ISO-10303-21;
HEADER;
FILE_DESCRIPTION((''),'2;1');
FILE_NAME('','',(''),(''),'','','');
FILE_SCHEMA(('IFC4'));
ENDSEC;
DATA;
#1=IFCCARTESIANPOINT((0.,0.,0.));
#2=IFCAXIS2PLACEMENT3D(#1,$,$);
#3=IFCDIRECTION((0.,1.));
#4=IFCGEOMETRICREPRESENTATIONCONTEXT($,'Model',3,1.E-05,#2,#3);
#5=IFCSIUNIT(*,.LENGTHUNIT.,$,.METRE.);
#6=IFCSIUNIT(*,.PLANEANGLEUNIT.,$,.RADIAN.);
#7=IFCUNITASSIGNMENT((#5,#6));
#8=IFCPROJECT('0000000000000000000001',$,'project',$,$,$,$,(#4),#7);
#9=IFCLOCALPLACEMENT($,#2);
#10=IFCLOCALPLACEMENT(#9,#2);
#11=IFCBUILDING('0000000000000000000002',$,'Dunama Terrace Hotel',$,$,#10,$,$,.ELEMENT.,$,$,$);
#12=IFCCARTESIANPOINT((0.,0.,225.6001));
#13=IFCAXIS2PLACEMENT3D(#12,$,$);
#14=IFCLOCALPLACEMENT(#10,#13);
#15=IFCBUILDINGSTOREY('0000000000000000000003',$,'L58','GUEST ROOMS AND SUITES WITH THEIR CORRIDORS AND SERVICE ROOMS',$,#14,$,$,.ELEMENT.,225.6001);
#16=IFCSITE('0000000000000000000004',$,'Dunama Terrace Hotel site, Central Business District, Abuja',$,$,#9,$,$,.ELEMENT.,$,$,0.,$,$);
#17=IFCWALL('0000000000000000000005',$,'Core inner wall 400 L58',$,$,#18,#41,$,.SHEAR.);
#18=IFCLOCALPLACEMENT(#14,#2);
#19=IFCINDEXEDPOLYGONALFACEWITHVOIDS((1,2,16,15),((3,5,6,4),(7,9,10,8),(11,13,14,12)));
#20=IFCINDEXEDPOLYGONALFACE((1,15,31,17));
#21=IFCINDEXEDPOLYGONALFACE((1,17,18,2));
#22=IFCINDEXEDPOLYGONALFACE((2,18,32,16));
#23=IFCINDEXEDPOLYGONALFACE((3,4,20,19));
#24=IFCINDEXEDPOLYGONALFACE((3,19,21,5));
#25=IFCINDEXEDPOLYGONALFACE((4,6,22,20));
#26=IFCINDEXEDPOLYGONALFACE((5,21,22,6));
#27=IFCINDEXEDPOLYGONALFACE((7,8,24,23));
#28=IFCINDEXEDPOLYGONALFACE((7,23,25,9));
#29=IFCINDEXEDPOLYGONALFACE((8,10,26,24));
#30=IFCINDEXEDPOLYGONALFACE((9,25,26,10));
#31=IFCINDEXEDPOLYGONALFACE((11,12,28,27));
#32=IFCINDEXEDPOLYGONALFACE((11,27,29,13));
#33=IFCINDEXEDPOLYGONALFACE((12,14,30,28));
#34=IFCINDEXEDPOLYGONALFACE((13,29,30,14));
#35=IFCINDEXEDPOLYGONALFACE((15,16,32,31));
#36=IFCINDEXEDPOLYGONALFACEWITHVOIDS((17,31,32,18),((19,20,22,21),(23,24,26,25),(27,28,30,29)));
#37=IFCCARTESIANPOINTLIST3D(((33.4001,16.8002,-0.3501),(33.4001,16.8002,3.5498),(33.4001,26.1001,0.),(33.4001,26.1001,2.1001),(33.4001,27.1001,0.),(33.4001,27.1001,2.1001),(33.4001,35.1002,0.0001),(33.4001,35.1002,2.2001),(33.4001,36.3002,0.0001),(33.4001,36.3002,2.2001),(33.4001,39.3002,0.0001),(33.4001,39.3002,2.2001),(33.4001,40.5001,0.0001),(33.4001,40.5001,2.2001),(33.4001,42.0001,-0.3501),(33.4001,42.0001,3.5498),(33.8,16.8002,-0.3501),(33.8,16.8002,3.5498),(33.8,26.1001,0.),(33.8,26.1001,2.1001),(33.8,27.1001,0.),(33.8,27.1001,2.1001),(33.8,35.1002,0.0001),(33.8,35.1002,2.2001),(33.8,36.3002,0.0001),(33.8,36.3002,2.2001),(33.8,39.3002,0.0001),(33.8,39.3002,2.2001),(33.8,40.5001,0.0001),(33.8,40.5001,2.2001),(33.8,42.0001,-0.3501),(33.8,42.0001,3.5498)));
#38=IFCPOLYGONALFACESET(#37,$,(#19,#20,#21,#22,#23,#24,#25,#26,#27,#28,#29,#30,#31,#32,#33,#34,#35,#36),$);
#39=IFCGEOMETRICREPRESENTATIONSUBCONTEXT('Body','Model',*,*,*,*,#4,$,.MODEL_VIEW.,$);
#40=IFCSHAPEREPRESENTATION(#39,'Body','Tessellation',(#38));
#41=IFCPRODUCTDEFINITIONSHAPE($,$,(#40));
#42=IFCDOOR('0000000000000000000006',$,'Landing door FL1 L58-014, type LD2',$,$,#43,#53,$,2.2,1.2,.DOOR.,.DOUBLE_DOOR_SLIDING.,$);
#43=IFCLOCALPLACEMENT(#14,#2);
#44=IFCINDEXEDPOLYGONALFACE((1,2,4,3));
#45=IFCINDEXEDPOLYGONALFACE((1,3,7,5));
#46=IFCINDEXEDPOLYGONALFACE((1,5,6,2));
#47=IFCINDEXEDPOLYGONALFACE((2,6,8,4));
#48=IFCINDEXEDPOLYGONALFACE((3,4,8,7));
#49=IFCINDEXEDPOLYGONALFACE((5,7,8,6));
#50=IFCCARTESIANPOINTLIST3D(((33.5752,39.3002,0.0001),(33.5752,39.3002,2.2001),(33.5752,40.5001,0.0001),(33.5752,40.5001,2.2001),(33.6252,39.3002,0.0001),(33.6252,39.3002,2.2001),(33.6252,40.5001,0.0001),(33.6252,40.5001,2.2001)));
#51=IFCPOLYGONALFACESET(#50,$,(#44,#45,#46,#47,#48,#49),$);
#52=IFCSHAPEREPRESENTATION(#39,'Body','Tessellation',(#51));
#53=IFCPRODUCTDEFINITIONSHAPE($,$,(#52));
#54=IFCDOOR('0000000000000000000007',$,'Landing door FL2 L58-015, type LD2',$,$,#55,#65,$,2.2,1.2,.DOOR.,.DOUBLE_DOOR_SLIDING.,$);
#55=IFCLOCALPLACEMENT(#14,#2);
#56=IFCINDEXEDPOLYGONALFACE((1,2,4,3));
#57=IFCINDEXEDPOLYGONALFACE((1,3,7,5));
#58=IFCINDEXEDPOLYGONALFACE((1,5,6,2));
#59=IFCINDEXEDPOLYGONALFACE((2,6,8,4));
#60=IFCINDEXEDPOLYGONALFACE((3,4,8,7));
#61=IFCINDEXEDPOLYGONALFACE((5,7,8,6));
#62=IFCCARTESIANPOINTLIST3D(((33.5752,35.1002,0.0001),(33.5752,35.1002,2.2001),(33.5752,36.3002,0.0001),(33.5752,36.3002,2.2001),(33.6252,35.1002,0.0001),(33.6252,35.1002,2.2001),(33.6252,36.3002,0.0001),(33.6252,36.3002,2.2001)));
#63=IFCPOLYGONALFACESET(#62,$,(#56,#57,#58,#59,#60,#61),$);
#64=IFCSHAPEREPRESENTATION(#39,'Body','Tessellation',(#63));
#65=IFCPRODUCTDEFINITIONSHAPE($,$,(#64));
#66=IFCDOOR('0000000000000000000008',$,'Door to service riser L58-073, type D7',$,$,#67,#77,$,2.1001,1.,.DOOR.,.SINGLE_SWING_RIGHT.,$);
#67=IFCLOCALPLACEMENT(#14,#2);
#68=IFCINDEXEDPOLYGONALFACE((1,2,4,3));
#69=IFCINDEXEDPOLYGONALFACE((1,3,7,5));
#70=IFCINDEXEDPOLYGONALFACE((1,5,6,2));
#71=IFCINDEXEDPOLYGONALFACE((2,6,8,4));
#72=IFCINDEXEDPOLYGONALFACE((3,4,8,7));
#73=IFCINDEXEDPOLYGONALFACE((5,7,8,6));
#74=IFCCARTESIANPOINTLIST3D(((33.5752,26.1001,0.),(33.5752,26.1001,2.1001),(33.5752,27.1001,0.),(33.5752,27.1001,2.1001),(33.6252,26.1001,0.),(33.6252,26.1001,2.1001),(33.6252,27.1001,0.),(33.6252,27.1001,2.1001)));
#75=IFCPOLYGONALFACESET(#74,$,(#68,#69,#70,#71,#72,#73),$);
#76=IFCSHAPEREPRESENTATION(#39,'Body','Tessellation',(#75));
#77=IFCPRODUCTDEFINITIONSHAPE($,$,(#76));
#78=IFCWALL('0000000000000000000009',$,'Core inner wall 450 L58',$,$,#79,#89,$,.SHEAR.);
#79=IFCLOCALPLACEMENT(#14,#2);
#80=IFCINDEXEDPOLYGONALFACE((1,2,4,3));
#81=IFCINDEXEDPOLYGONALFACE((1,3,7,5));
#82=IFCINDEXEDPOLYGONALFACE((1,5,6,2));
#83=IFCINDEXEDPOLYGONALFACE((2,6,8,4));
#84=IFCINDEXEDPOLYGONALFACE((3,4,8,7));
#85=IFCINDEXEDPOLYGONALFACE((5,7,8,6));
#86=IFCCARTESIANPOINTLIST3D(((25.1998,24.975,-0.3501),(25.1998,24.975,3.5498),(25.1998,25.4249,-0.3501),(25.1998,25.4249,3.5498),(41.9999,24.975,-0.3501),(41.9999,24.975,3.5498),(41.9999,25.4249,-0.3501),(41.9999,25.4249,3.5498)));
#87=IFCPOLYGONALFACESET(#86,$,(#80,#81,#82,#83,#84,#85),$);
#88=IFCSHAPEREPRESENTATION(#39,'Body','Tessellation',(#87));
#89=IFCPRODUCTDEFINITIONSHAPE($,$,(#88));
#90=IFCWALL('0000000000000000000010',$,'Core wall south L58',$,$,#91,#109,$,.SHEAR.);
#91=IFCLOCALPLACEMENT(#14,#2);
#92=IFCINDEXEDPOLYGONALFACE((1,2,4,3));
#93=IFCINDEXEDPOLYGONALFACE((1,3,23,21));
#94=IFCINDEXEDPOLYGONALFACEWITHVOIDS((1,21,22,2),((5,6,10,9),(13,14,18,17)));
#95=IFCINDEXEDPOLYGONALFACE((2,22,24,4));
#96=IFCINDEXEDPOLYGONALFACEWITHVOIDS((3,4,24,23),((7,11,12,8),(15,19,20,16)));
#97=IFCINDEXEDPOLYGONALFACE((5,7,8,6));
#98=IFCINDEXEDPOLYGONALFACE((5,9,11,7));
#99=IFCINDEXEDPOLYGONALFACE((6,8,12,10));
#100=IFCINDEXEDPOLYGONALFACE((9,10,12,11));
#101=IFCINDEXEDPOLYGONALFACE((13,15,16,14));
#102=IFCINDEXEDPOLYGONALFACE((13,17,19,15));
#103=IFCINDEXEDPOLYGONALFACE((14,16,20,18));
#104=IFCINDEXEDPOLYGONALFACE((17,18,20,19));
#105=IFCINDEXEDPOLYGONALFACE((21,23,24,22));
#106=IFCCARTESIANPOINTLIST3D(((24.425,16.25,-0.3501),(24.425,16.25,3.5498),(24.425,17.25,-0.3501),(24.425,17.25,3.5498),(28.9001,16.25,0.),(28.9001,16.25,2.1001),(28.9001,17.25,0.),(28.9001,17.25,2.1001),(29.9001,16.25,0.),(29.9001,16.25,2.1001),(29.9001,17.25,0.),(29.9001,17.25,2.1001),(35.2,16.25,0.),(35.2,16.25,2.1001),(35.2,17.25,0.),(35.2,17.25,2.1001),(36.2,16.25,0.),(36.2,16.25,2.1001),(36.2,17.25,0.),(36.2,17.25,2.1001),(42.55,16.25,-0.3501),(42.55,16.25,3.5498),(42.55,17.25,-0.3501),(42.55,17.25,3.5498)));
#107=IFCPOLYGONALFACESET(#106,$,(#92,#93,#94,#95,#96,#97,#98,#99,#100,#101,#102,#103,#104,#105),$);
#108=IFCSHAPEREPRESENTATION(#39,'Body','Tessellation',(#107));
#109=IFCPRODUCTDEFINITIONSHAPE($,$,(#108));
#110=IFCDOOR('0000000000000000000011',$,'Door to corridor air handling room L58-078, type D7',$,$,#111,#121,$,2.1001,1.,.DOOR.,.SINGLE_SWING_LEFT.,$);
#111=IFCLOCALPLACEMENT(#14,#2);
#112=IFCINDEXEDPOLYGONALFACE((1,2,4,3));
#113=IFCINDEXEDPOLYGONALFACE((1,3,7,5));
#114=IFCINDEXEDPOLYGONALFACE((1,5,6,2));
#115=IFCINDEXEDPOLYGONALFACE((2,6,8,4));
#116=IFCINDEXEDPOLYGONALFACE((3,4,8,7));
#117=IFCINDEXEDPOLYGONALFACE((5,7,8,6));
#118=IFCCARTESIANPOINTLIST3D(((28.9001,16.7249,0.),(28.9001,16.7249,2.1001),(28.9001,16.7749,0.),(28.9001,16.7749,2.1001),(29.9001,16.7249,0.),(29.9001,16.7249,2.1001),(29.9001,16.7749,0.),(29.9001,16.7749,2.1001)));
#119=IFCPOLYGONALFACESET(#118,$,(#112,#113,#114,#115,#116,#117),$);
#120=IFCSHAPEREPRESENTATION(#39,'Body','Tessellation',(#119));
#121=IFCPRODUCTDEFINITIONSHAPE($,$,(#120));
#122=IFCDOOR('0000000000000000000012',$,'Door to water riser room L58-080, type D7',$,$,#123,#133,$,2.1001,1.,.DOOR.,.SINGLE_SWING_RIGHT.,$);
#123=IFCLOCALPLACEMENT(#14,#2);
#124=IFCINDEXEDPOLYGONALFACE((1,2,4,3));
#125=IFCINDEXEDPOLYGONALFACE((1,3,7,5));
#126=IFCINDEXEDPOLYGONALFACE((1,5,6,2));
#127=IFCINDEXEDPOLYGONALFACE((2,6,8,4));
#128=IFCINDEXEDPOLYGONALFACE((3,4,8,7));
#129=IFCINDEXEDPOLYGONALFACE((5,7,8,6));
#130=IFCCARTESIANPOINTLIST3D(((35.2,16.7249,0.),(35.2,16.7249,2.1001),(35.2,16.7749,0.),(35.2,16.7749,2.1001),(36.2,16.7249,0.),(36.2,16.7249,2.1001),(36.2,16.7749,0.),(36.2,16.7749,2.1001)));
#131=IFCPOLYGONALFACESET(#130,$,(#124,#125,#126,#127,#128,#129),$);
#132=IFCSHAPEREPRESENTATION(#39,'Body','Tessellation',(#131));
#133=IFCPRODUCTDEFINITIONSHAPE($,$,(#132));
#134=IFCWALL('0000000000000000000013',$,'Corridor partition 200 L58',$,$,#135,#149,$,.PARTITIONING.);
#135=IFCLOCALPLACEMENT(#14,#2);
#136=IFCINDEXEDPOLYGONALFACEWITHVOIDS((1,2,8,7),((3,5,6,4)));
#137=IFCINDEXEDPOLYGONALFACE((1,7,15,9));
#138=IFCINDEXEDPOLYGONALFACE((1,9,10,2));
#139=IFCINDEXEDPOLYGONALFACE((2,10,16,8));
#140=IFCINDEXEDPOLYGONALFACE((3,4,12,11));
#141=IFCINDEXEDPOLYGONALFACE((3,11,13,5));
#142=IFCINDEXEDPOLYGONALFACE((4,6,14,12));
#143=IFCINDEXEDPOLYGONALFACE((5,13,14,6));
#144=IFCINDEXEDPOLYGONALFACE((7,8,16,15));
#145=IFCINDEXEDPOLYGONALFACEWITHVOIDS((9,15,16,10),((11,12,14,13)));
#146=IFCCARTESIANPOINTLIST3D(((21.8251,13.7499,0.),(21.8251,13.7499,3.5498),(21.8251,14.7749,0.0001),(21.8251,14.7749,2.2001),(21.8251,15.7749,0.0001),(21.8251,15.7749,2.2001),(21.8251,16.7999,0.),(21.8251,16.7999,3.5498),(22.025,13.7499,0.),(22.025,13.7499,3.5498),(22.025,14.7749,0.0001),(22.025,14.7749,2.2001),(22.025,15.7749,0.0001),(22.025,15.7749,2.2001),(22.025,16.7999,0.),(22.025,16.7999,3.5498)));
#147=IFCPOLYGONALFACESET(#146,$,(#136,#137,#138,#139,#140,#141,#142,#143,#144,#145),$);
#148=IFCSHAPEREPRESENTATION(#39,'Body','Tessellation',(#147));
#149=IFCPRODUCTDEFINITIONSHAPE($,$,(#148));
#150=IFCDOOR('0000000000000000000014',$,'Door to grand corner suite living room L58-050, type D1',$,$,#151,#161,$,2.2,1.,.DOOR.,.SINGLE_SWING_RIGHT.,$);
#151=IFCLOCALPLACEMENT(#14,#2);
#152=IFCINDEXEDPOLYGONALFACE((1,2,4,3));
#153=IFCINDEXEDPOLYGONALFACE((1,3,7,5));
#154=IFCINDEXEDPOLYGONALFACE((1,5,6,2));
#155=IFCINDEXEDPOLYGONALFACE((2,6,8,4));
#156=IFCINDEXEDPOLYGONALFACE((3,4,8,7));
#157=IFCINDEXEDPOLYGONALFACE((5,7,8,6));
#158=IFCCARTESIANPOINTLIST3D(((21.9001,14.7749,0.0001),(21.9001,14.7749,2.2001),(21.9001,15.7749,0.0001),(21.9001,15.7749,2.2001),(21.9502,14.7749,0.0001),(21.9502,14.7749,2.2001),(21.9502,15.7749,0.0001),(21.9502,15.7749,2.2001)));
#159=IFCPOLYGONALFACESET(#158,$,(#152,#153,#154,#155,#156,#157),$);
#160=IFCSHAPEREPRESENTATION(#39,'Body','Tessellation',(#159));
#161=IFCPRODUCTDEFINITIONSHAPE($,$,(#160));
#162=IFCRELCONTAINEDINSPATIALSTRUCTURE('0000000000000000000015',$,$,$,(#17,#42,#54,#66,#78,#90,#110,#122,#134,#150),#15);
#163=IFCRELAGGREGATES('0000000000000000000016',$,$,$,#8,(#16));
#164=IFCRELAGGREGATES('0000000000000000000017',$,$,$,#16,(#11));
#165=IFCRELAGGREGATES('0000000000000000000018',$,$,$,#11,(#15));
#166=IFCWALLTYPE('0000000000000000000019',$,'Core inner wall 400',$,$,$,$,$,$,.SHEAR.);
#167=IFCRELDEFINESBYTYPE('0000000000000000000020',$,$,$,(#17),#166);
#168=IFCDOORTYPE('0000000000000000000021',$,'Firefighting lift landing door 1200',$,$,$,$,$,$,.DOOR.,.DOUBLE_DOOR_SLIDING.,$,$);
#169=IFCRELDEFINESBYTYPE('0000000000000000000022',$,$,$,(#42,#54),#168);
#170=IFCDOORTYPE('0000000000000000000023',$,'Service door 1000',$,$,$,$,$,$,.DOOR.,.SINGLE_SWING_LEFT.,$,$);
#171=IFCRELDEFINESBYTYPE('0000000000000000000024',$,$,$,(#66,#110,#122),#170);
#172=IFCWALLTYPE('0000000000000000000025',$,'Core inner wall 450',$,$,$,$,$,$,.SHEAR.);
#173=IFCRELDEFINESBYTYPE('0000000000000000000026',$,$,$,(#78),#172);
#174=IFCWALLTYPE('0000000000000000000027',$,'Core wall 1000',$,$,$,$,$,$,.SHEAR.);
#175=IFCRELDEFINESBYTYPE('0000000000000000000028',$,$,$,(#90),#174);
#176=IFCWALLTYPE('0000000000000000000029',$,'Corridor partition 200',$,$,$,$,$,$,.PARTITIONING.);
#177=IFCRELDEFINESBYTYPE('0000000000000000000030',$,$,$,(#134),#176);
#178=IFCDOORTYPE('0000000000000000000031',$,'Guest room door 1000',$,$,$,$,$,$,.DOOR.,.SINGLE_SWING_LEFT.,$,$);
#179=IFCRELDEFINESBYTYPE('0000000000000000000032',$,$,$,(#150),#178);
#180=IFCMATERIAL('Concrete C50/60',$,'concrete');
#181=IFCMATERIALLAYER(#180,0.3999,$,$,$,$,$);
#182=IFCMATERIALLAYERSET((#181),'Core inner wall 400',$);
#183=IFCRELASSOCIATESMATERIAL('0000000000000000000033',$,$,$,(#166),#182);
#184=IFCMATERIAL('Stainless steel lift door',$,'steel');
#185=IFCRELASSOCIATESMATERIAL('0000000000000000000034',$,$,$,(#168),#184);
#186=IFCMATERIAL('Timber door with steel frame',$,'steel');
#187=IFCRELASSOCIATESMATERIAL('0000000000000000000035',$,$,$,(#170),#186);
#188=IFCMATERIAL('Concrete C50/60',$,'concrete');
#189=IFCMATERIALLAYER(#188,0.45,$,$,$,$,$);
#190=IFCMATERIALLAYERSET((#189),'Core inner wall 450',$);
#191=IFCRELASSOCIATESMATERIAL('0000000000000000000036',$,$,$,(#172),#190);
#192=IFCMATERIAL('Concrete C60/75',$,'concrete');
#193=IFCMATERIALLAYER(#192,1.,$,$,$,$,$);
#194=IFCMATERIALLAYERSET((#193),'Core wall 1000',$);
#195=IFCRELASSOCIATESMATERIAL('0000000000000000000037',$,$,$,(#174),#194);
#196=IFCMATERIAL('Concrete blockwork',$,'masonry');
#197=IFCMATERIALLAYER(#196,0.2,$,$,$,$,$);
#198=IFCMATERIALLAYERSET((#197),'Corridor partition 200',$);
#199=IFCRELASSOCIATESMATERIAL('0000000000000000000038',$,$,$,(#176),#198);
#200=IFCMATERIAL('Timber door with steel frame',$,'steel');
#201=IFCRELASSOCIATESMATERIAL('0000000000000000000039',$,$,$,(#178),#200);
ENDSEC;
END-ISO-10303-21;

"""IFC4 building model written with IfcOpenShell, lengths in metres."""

from ifc_helpers import new_model, si_unit, direction, frame, frame_2d, origin, place, context, subcontext, project, spatial, rectangle, extrude, material, layer, layer_set, type_object, element, fill, save


model = new_model("IFC4")

# Units and contexts
model_context = context("Model", 3, precision=1e-05, world=origin(), true_north=direction((0.0, 1.0)))
body_context = subcontext(model_context, "Body", "Model", "MODEL_VIEW")
ifc_project = project(units=[si_unit("LENGTHUNIT", "METRE"), si_unit("PLANEANGLEUNIT", "RADIAN")], contexts=[model_context])

# Site, building, storey
site_placement = place(None, origin())
site = spatial("IfcSite", under=ifc_project, at=site_placement, Name="Dunama Terrace Hotel site, Central Business District, Abuja", CompositionType="ELEMENT", RefElevation=0.0)
building_placement = place(site_placement, origin())
building = spatial("IfcBuilding", under=site, at=building_placement, Name="Dunama Terrace Hotel", CompositionType="ELEMENT")
storey_placement = place(building_placement, frame((0.0, 0.0, 225.6001)))
storey = spatial("IfcBuildingStorey", under=building, at=storey_placement, Name="L58", Description="GUEST ROOMS AND SUITES WITH THEIR CORRIDORS AND SERVICE ROOMS", CompositionType="ELEMENT", Elevation=225.6001)

# Wall, openings, doors
ifc_material_1 = material(Name="Concrete C50/60", Category="concrete")
ifc_layer_1 = layer(ifc_material_1, 0.3999)
ifc_layer_set_1 = layer_set([ifc_layer_1], Name="Core inner wall 400")
wall_type_1 = type_object("IfcWallType", Name="Core inner wall 400", PredefinedType="SHEAR", material=ifc_layer_set_1)
wall_1_placement = place(storey_placement, frame((33.6001, 16.8, -0.3501), z_axis=(0.0, 0.0, 1.0), x_axis=(0.0, 1.0, 0.0)))
wall_1 = element("IfcWall", 1, at=wall_1_placement, inside=storey, type_object=wall_type_1, Name="Core inner wall 400 L58", PredefinedType="SHEAR", context=body_context, shape_type="SweptSolid", body=[
    extrude(rectangle(XDim=25.2, YDim=0.3999, at=frame_2d((12.6001, 0.0))), origin(), (0.0, 0.0, 1.0), 3.8999),
])
opening_1_placement = place(wall_1_placement, frame((22.5, 0.0, 0.3501)))
opening_1 = element("IfcOpeningElement", 2, at=opening_1_placement, cuts=wall_1, PredefinedType="OPENING", context=body_context, shape_type="SweptSolid", body=[
    extrude(rectangle(XDim=1.2, YDim=2.2, at=frame_2d((0.6001, 1.1001))), frame((0.0, 0.21, 0.0), z_axis=(0.0, -1.0, 0.0), x_axis=(1.0, 0.0, 0.0)), (0.0, 0.0, 1.0), 0.4199),
])
opening_2_placement = place(wall_1_placement, frame((18.3, 0.0, 0.3501)))
opening_2 = element("IfcOpeningElement", 3, at=opening_2_placement, cuts=wall_1, PredefinedType="OPENING", context=body_context, shape_type="SweptSolid", body=[
    extrude(rectangle(XDim=1.2, YDim=2.2, at=frame_2d((0.6001, 1.1001))), frame((0.0, 0.21, 0.0), z_axis=(0.0, -1.0, 0.0), x_axis=(1.0, 0.0, 0.0)), (0.0, 0.0, 1.0), 0.4199),
])
opening_3_placement = place(wall_1_placement, frame((9.3, 0.0, 0.3501)))
opening_3 = element("IfcOpeningElement", 4, at=opening_3_placement, cuts=wall_1, PredefinedType="OPENING", context=body_context, shape_type="SweptSolid", body=[
    extrude(rectangle(XDim=1.0, YDim=2.1001, at=frame_2d((0.5, 1.05))), frame((0.0, 0.21, 0.0), z_axis=(0.0, -1.0, 0.0), x_axis=(1.0, 0.0, 0.0)), (0.0, 0.0, 1.0), 0.4199),
])
ifc_material_2 = material(Name="Stainless steel lift door", Category="steel")
door_type_1 = type_object("IfcDoorType", Name="Firefighting lift landing door 1200", OperationType="DOUBLE_DOOR_SLIDING", PredefinedType="DOOR", material=ifc_material_2)
door_1_placement = place(opening_1_placement, origin())
door_1 = element("IfcDoor", 5, at=door_1_placement, inside=storey, type_object=door_type_1, Name="Landing door FL1 L58-014, type LD2", OperationType="DOUBLE_DOOR_SLIDING", OverallHeight=2.2, OverallWidth=1.2, PredefinedType="DOOR", context=body_context, shape_type="SweptSolid", body=[
    extrude(rectangle(XDim=1.2, YDim=2.2, at=frame_2d((0.6001, 1.1001))), frame((0.0, 0.0249, 0.0), z_axis=(0.0, -1.0, 0.0), x_axis=(1.0, 0.0, 0.0)), (0.0, 0.0, 1.0), 0.05),
])
fill(opening_1, door_1)
door_2_placement = place(opening_2_placement, origin())
door_2 = element("IfcDoor", 6, at=door_2_placement, inside=storey, type_object=door_type_1, Name="Landing door FL2 L58-015, type LD2", OperationType="DOUBLE_DOOR_SLIDING", OverallHeight=2.2, OverallWidth=1.2, PredefinedType="DOOR", context=body_context, shape_type="SweptSolid", body=[
    extrude(rectangle(XDim=1.2, YDim=2.2, at=frame_2d((0.6001, 1.1001))), frame((0.0, 0.0249, 0.0), z_axis=(0.0, -1.0, 0.0), x_axis=(1.0, 0.0, 0.0)), (0.0, 0.0, 1.0), 0.05),
])
fill(opening_2, door_2)
ifc_material_3 = material(Name="Timber door with steel frame", Category="steel")
door_type_2 = type_object("IfcDoorType", Name="Service door 1000", OperationType="SINGLE_SWING_LEFT", PredefinedType="DOOR", material=ifc_material_3)
door_3_placement = place(opening_3_placement, frame((1.0, 0.0, 0.0), z_axis=(0.0, 0.0, 1.0), x_axis=(-1.0, 0.0, 0.0)))
door_3 = element("IfcDoor", 7, at=door_3_placement, inside=storey, type_object=door_type_2, Name="Door to service riser L58-073, type D7", OperationType="SINGLE_SWING_RIGHT", OverallHeight=2.1001, OverallWidth=1.0, PredefinedType="DOOR", context=body_context, shape_type="SweptSolid", body=[
    extrude(rectangle(XDim=1.0, YDim=2.1001, at=frame_2d((0.5, 1.05))), frame((0.0, 0.0251, 0.0), z_axis=(0.0, -1.0, 0.0), x_axis=(1.0, 0.0, 0.0)), (0.0, 0.0, 1.0), 0.05),
])
fill(opening_3, door_3)

# Wall
ifc_material_4 = material(Name="Concrete C50/60", Category="concrete")
ifc_layer_2 = layer(ifc_material_4, 0.45)
ifc_layer_set_2 = layer_set([ifc_layer_2], Name="Core inner wall 450")
wall_type_2 = type_object("IfcWallType", Name="Core inner wall 450", PredefinedType="SHEAR", material=ifc_layer_set_2)
wall_2_placement = place(storey_placement, frame((25.2, 25.2, -0.3501), z_axis=(0.0, 0.0, 1.0), x_axis=(1.0, 0.0, 0.0)))
element("IfcWall", 8, at=wall_2_placement, inside=storey, type_object=wall_type_2, Name="Core inner wall 450 L58", PredefinedType="SHEAR", context=body_context, shape_type="SweptSolid", body=[
    extrude(rectangle(XDim=16.8, YDim=0.45, at=frame_2d((8.3999, 0.0))), origin(), (0.0, 0.0, 1.0), 3.8999),
])

# Wall, openings, doors
ifc_material_5 = material(Name="Concrete C60/75", Category="concrete")
ifc_layer_3 = layer(ifc_material_5, 1.0)
ifc_layer_set_3 = layer_set([ifc_layer_3], Name="Core wall 1000")
wall_type_3 = type_object("IfcWallType", Name="Core wall 1000", PredefinedType="SHEAR", material=ifc_layer_set_3)
wall_3_placement = place(storey_placement, frame((24.425, 16.75, -0.3501), z_axis=(0.0, 0.0, 1.0), x_axis=(1.0, 0.0, 0.0)))
wall_3 = element("IfcWall", 9, at=wall_3_placement, inside=storey, type_object=wall_type_3, Name="Core wall south L58", PredefinedType="SHEAR", context=body_context, shape_type="SweptSolid", body=[
    extrude(rectangle(XDim=18.125, YDim=1.0, at=frame_2d((9.0625, 0.0))), origin(), (0.0, 0.0, 1.0), 3.8999),
])
opening_4_placement = place(wall_3_placement, frame((4.4751, 0.0, 0.3501)))
opening_4 = element("IfcOpeningElement", 10, at=opening_4_placement, cuts=wall_3, PredefinedType="OPENING", context=body_context, shape_type="SweptSolid", body=[
    extrude(rectangle(XDim=1.0, YDim=2.1001, at=frame_2d((0.5, 1.05))), frame((0.0, 0.51, 0.0), z_axis=(0.0, -1.0, 0.0), x_axis=(1.0, 0.0, 0.0)), (0.0, 0.0, 1.0), 1.02),
])
opening_5_placement = place(wall_3_placement, frame((10.7749, 0.0, 0.3501)))
opening_5 = element("IfcOpeningElement", 11, at=opening_5_placement, cuts=wall_3, PredefinedType="OPENING", context=body_context, shape_type="SweptSolid", body=[
    extrude(rectangle(XDim=1.0, YDim=2.1001, at=frame_2d((0.5, 1.05))), frame((0.0, 0.51, 0.0), z_axis=(0.0, -1.0, 0.0), x_axis=(1.0, 0.0, 0.0)), (0.0, 0.0, 1.0), 1.02),
])
door_4_placement = place(opening_4_placement, origin())
door_4 = element("IfcDoor", 12, at=door_4_placement, inside=storey, type_object=door_type_2, Name="Door to corridor air handling room L58-078, type D7", OperationType="SINGLE_SWING_LEFT", OverallHeight=2.1001, OverallWidth=1.0, PredefinedType="DOOR", context=body_context, shape_type="SweptSolid", body=[
    extrude(rectangle(XDim=1.0, YDim=2.1001, at=frame_2d((0.5, 1.05))), frame((0.0, 0.0249, 0.0), z_axis=(0.0, -1.0, 0.0), x_axis=(1.0, 0.0, 0.0)), (0.0, 0.0, 1.0), 0.05),
])
fill(opening_4, door_4)
door_5_placement = place(opening_5_placement, origin())
door_5 = element("IfcDoor", 13, at=door_5_placement, inside=storey, type_object=door_type_2, Name="Door to water riser room L58-080, type D7", OperationType="SINGLE_SWING_RIGHT", OverallHeight=2.1001, OverallWidth=1.0, PredefinedType="DOOR", context=body_context, shape_type="SweptSolid", body=[
    extrude(rectangle(XDim=1.0, YDim=2.1001, at=frame_2d((0.5, 1.05))), frame((0.0, 0.0249, 0.0), z_axis=(0.0, -1.0, 0.0), x_axis=(1.0, 0.0, 0.0)), (0.0, 0.0, 1.0), 0.05),
])
fill(opening_5, door_5)

# Wall, opening, door
ifc_material_6 = material(Name="Concrete blockwork", Category="masonry")
ifc_layer_4 = layer(ifc_material_6, 0.2)
ifc_layer_set_4 = layer_set([ifc_layer_4], Name="Corridor partition 200")
wall_type_4 = type_object("IfcWallType", Name="Corridor partition 200", PredefinedType="PARTITIONING", material=ifc_layer_set_4)
wall_4_placement = place(storey_placement, frame((21.925, 13.75, 0.0), z_axis=(0.0, 0.0, 1.0), x_axis=(0.0, 1.0, 0.0)))
wall_4 = element("IfcWall", 14, at=wall_4_placement, inside=storey, type_object=wall_type_4, Name="Corridor partition 200 L58", PredefinedType="PARTITIONING", context=body_context, shape_type="SweptSolid", body=[
    extrude(rectangle(XDim=3.05, YDim=0.2, at=frame_2d((1.5249, 0.0))), origin(), (0.0, 0.0, 1.0), 3.5498),
])
opening_6_placement = place(wall_4_placement, frame((1.0249, 0.0, 0.0)))
opening_6 = element("IfcOpeningElement", 15, at=opening_6_placement, cuts=wall_4, PredefinedType="OPENING", context=body_context, shape_type="SweptSolid", body=[
    extrude(rectangle(XDim=1.0, YDim=2.2, at=frame_2d((0.5, 1.1001))), frame((0.0, 0.1099, 0.0), z_axis=(0.0, -1.0, 0.0), x_axis=(1.0, 0.0, 0.0)), (0.0, 0.0, 1.0), 0.22),
])
ifc_material_7 = material(Name="Timber door with steel frame", Category="steel")
door_type_3 = type_object("IfcDoorType", Name="Guest room door 1000", OperationType="SINGLE_SWING_LEFT", PredefinedType="DOOR", material=ifc_material_7)
door_6_placement = place(opening_6_placement, origin())
door_6 = element("IfcDoor", 16, at=door_6_placement, inside=storey, type_object=door_type_3, Name="Door to grand corner suite living room L58-050, type D1", OperationType="SINGLE_SWING_RIGHT", OverallHeight=2.2, OverallWidth=1.0, PredefinedType="DOOR", context=body_context, shape_type="SweptSolid", body=[
    extrude(rectangle(XDim=1.0, YDim=2.2, at=frame_2d((0.5, 1.1001))), frame((0.0, 0.0249, 0.0), z_axis=(0.0, -1.0, 0.0), x_axis=(1.0, 0.0, 0.0)), (0.0, 0.0, 1.0), 0.05),
])
fill(opening_6, door_6)

save(model, "model.ifc")
